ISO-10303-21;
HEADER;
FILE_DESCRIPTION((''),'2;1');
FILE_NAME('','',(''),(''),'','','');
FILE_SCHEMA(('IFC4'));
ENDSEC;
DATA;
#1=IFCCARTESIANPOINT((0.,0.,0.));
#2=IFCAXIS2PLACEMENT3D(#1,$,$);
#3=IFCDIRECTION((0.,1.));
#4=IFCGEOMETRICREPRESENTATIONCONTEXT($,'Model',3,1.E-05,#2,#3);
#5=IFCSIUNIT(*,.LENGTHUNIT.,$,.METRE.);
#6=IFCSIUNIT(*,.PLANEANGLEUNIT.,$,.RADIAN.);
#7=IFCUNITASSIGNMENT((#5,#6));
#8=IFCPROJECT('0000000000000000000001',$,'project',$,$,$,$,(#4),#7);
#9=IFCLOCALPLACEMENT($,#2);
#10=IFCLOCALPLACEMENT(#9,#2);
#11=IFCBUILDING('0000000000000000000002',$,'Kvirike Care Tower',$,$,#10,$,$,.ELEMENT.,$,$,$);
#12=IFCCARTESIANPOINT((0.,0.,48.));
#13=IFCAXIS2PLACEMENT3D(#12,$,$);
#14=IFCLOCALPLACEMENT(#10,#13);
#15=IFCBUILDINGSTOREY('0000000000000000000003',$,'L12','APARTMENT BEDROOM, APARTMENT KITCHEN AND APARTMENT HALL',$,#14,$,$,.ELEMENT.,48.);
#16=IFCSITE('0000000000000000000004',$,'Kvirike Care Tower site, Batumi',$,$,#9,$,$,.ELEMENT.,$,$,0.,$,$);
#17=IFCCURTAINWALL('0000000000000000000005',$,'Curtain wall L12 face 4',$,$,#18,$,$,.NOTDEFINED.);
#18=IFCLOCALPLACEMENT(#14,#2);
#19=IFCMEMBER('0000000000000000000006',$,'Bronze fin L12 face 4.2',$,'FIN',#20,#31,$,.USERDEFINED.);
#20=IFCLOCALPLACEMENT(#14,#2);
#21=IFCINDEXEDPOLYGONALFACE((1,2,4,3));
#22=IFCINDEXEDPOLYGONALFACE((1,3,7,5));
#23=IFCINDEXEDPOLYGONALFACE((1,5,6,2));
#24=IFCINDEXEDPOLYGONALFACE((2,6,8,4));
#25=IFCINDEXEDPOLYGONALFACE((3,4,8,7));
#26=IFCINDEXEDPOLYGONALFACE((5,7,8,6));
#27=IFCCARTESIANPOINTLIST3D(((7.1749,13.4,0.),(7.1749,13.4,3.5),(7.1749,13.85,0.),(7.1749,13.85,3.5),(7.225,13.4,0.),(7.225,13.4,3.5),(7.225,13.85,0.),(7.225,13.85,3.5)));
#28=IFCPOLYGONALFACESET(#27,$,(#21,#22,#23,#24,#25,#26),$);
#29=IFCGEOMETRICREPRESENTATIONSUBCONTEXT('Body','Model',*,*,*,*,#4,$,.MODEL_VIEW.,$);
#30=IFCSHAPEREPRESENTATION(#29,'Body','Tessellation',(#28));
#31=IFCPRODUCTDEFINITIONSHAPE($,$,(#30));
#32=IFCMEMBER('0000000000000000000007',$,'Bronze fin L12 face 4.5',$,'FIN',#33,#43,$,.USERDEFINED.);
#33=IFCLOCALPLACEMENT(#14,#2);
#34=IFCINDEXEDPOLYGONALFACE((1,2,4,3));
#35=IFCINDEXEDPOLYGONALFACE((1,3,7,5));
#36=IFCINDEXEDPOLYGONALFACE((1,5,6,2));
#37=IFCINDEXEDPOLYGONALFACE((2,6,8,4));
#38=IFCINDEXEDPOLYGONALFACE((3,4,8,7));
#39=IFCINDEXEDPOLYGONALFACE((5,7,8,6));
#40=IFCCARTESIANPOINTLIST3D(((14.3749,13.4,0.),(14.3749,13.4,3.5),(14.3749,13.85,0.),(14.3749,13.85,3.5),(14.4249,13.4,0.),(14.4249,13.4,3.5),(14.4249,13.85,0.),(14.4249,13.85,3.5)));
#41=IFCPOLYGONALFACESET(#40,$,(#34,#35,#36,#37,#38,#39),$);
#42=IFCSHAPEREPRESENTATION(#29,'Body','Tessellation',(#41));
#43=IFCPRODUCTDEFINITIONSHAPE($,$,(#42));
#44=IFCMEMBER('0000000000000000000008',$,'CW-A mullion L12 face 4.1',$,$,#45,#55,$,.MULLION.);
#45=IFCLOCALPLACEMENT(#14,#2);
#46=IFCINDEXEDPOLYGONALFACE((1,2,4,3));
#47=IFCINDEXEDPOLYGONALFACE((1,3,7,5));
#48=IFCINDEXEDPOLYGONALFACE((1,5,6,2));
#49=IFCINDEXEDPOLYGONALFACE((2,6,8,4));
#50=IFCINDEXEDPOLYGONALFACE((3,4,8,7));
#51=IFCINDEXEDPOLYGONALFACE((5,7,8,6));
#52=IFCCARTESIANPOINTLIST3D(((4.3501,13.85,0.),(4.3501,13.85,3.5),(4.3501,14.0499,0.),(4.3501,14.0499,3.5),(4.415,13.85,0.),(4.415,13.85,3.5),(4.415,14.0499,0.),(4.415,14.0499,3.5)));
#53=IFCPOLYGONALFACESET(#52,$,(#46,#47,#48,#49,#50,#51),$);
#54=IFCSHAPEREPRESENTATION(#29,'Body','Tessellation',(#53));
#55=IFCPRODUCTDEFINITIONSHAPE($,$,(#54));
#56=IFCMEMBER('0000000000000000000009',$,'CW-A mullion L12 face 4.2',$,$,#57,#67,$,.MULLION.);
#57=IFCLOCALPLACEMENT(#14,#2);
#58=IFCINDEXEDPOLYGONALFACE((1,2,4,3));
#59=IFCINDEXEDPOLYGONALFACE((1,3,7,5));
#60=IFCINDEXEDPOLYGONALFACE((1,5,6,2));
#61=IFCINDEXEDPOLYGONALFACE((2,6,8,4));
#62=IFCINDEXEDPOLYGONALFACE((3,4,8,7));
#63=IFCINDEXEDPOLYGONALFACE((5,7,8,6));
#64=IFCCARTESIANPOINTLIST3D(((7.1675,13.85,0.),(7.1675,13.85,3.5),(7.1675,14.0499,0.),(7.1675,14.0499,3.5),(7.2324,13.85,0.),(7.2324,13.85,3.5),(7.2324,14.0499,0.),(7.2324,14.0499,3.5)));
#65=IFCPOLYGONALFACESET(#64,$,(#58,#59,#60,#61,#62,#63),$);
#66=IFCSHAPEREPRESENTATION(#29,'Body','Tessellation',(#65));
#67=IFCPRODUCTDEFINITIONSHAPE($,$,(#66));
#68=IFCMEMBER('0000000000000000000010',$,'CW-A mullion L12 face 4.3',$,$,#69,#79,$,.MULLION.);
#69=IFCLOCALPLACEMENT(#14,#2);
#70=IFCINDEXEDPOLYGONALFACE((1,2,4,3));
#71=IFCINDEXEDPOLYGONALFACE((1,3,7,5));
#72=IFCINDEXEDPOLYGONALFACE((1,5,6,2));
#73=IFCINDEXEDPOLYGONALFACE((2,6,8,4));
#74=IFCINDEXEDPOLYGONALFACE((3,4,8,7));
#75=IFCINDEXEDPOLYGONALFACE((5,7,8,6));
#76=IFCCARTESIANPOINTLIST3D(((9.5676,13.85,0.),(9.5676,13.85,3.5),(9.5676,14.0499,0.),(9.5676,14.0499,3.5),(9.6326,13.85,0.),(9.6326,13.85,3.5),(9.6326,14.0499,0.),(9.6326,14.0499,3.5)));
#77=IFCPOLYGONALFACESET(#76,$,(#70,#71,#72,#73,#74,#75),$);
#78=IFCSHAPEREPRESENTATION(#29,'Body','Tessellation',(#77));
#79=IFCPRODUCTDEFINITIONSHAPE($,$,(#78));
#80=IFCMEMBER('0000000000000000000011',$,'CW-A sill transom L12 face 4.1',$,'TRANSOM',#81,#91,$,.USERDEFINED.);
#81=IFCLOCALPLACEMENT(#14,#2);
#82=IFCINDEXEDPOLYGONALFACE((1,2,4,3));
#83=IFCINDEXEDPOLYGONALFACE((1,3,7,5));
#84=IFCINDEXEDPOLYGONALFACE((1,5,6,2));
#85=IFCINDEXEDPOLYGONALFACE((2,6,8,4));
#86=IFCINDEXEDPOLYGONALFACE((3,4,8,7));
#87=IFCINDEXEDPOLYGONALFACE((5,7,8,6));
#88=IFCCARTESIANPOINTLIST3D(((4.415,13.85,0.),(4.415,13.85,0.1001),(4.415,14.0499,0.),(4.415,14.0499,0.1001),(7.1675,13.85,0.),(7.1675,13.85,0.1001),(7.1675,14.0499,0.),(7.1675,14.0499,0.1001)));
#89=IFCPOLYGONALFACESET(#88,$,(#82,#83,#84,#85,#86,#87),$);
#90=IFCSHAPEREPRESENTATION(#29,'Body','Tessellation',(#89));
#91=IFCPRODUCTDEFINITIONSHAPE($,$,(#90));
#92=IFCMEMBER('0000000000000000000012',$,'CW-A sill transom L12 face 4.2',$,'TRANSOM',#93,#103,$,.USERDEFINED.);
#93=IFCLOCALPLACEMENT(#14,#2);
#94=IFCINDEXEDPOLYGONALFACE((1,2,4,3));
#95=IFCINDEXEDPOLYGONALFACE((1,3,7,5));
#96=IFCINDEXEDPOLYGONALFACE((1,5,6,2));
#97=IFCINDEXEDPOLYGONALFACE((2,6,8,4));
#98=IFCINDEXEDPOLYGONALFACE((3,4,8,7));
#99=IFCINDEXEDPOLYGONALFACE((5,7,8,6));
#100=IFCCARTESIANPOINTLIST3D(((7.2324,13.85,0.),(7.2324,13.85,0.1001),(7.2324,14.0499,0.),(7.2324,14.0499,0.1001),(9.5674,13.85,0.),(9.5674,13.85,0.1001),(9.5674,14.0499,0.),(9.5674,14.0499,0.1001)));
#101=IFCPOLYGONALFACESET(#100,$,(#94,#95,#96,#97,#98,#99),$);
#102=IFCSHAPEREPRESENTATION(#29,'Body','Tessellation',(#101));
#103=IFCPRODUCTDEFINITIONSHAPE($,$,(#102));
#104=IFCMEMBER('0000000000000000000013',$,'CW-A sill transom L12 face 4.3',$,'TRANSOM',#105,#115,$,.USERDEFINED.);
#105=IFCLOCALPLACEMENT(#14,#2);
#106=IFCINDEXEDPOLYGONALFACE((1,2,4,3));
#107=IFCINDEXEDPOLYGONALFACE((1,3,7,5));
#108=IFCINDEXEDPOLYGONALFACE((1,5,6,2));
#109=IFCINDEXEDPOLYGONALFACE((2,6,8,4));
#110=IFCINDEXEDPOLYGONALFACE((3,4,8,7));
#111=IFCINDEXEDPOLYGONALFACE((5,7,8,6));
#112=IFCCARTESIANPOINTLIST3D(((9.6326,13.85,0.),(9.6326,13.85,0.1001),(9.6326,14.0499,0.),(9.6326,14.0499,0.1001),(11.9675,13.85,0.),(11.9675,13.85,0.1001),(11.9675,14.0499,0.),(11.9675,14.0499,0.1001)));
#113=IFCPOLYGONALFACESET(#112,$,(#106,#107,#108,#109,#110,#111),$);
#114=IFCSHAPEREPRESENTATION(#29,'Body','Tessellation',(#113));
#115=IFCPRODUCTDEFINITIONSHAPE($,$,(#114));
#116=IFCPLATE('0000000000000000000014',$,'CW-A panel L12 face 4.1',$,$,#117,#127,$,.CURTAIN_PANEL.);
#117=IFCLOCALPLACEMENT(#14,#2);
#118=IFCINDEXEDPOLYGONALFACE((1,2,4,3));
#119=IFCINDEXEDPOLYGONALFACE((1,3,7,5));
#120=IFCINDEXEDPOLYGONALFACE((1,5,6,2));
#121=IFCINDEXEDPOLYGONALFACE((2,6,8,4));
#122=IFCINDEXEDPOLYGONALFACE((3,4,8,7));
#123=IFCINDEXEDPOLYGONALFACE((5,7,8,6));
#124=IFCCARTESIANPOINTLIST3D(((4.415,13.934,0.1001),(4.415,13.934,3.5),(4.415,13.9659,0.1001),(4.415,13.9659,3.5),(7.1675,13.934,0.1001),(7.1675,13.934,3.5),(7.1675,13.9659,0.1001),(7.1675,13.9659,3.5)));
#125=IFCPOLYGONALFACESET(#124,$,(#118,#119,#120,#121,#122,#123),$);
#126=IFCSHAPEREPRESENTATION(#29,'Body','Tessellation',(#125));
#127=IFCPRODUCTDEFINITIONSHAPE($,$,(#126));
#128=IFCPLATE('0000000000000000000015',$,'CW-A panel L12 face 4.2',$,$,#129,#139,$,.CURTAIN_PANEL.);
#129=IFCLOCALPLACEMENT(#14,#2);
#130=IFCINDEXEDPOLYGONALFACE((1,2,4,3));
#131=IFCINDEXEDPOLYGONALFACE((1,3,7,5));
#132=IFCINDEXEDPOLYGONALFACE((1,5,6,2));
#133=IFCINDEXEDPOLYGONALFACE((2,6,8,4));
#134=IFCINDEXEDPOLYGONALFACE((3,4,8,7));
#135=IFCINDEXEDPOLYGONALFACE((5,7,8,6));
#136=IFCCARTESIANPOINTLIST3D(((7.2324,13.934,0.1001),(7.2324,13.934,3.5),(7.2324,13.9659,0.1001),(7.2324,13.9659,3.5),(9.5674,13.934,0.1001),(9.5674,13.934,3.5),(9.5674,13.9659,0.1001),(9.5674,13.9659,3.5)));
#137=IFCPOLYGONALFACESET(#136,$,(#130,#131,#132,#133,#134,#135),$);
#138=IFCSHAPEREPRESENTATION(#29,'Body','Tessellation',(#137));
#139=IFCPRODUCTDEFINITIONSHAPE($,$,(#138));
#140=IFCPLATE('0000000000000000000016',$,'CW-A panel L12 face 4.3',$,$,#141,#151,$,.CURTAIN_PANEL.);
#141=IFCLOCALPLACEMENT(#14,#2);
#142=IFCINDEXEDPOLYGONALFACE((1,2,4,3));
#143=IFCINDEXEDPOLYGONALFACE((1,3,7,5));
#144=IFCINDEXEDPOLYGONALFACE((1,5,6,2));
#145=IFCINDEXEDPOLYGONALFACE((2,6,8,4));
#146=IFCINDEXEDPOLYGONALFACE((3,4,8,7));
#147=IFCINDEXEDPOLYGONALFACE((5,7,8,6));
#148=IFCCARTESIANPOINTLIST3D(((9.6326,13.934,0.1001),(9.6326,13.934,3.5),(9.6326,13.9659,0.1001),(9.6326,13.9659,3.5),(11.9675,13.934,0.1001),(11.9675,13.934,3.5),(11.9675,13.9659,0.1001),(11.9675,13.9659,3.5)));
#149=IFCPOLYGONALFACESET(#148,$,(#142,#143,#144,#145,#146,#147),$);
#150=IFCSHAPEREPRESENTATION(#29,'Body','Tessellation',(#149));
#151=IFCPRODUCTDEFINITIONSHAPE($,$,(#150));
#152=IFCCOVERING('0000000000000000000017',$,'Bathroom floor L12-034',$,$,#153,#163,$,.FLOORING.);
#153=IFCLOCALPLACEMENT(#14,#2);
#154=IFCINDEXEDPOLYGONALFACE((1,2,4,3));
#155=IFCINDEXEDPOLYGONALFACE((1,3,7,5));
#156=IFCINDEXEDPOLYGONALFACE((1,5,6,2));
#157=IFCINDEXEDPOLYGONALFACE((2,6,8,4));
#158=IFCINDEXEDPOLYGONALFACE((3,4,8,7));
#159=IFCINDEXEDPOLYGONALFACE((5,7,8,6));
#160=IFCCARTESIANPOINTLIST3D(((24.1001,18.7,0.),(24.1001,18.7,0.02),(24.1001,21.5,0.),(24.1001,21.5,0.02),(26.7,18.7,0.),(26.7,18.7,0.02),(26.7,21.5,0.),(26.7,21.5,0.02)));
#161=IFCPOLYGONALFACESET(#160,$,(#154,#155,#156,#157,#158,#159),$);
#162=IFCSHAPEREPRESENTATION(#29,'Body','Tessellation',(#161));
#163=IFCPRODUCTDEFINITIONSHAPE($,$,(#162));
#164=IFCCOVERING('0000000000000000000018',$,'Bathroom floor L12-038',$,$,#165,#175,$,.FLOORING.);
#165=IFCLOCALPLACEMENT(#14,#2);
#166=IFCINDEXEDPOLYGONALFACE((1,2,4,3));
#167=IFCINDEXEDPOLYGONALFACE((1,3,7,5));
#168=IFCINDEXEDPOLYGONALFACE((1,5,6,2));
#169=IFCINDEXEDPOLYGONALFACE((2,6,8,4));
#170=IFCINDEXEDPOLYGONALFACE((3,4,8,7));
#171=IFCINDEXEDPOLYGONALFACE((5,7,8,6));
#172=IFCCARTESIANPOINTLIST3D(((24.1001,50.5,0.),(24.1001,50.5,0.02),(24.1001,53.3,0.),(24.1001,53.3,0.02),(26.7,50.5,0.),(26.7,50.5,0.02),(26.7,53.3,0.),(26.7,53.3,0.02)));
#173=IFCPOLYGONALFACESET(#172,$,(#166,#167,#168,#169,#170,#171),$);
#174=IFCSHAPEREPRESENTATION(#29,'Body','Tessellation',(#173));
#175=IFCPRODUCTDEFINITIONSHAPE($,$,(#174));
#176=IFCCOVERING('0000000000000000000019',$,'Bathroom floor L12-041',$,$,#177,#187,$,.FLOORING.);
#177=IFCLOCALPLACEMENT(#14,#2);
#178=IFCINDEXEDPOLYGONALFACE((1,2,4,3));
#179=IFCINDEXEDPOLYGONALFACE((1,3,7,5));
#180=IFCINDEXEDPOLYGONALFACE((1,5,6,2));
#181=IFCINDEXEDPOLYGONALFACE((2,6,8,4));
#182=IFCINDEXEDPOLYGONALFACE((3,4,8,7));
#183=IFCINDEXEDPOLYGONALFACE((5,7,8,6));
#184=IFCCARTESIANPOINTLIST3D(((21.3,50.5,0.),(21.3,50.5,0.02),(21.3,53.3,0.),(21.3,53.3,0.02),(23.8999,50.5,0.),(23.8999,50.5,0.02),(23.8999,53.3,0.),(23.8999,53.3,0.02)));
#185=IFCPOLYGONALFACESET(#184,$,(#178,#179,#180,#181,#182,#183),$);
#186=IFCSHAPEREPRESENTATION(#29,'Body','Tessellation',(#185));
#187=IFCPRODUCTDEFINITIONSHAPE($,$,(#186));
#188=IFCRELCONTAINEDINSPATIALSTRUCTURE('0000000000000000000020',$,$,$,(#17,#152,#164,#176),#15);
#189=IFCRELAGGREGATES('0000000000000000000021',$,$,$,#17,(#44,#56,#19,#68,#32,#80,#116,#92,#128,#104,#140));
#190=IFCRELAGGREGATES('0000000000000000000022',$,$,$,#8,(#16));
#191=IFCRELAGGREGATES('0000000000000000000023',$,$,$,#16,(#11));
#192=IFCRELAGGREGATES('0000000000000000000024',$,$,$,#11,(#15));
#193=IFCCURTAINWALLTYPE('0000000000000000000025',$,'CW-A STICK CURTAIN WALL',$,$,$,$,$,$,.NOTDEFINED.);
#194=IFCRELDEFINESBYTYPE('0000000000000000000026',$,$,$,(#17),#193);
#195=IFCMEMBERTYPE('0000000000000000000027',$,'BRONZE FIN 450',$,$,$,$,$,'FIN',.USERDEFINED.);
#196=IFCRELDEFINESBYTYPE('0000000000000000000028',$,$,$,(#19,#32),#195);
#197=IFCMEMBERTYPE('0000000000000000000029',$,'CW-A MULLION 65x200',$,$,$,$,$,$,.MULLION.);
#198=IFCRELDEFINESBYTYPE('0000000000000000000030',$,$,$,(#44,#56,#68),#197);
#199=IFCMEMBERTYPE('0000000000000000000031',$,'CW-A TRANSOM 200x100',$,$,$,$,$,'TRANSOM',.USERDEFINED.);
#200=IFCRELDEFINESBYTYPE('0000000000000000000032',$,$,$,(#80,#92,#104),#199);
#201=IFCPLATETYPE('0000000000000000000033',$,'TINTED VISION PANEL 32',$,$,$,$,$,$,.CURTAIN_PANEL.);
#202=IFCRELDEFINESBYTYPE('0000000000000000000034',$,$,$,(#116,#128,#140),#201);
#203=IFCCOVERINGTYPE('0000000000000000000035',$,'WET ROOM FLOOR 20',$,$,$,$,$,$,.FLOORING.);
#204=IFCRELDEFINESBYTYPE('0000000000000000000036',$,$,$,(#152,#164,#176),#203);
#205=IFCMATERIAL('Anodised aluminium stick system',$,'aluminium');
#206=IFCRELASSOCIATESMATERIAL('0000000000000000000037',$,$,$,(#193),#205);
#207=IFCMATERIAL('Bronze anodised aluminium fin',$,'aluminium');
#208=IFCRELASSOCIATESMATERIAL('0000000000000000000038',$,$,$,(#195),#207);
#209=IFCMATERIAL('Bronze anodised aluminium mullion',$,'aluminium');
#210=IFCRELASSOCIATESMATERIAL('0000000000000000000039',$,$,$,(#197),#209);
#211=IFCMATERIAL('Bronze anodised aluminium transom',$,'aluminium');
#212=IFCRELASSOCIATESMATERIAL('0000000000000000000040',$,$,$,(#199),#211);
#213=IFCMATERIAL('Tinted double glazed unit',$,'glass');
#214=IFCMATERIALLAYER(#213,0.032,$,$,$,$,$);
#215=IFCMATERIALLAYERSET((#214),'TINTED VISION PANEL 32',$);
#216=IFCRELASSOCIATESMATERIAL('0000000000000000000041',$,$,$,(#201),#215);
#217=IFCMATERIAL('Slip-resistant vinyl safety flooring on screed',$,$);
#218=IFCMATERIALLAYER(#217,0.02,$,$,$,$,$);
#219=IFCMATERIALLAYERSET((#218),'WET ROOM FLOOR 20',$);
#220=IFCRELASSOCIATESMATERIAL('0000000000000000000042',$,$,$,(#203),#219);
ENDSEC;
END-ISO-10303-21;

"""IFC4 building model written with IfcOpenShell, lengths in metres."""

from ifc_helpers import new_model, si_unit, direction, frame, origin, origin_2d, place, context, subcontext, project, spatial, polyline, rectangle, outline, extrude, material, layer, layer_set, material_profile, profile_set, type_object, element, aggregate, save


model = new_model("IFC4")

# Units and contexts
model_context = context("Model", 3, precision=1e-05, world=origin(), true_north=direction((0.0, 1.0)))
body_context = subcontext(model_context, "Body", "Model", "MODEL_VIEW")
ifc_project = project(units=[si_unit("LENGTHUNIT", "METRE"), si_unit("PLANEANGLEUNIT", "RADIAN")], contexts=[model_context])

# Site, building, storey
site_placement = place(None, origin())
site = spatial("IfcSite", under=ifc_project, at=site_placement, Name="Kvirike Care Tower site, Batumi", CompositionType="ELEMENT", RefElevation=0.0)
building_placement = place(site_placement, origin())
building = spatial("IfcBuilding", under=site, at=building_placement, Name="Kvirike Care Tower", CompositionType="ELEMENT")
storey_placement = place(building_placement, frame((0.0, 0.0, 48.0)))
storey = spatial("IfcBuildingStorey", under=building, at=storey_placement, Name="L12", Description="APARTMENT BEDROOM, APARTMENT KITCHEN AND APARTMENT HALL", CompositionType="ELEMENT", Elevation=48.0)

# Curtain wall, members, plates
ifc_material_1 = material(Name="Anodised aluminium stick system", Category="aluminium")
curtain_wall_type = type_object("IfcCurtainWallType", Name="CW-A STICK CURTAIN WALL", PredefinedType="NOTDEFINED", material=ifc_material_1)
curtain_wall_placement = place(storey_placement, origin())
curtain_wall = element("IfcCurtainWall", 1, at=curtain_wall_placement, inside=storey, type_object=curtain_wall_type, Name="Curtain wall L12 face 4", PredefinedType="NOTDEFINED")
ifc_material_2 = material(Name="Bronze anodised aluminium fin", Category="aluminium")
ifc_material_profile_1 = material_profile(ifc_material_2, rectangle(XDim=0.05, YDim=0.45, at=origin_2d()), Name="BRONZE FIN 450")
ifc_profile_set_1 = profile_set([ifc_material_profile_1], Name="Bronze anodised aluminium fin")
member_type_1 = type_object("IfcMemberType", Name="BRONZE FIN 450", ElementType="FIN", PredefinedType="USERDEFINED", material=ifc_profile_set_1)
member_1_placement = place(storey_placement, frame((7.2, 13.625, 0.0), z_axis=(0.0, 0.0, 1.0), x_axis=(1.0, 0.0, 0.0)))
member_1 = element("IfcMember", 2, at=member_1_placement, type_object=member_type_1, Name="Bronze fin L12 face 4.2", ObjectType="FIN", PredefinedType="USERDEFINED", context=body_context, shape_type="SweptSolid", body=[
    extrude(rectangle(XDim=0.05, YDim=0.45, at=origin_2d()), origin(), (0.0, 0.0, 1.0), 3.5),
])
member_2_placement = place(storey_placement, frame((14.3999, 13.625, 0.0), z_axis=(0.0, 0.0, 1.0), x_axis=(1.0, 0.0, 0.0)))
member_2 = element("IfcMember", 3, at=member_2_placement, type_object=member_type_1, Name="Bronze fin L12 face 4.5", ObjectType="FIN", PredefinedType="USERDEFINED", context=body_context, shape_type="SweptSolid", body=[
    extrude(rectangle(XDim=0.05, YDim=0.45, at=origin_2d()), origin(), (0.0, 0.0, 1.0), 3.5),
])
ifc_material_3 = material(Name="Bronze anodised aluminium mullion", Category="aluminium")
ifc_material_profile_2 = material_profile(ifc_material_3, rectangle(XDim=0.0649, YDim=0.2, at=origin_2d()), Name="CW-A MULLION 65x200")
ifc_profile_set_2 = profile_set([ifc_material_profile_2], Name="Bronze anodised aluminium mullion")
member_type_2 = type_object("IfcMemberType", Name="CW-A MULLION 65x200", PredefinedType="MULLION", material=ifc_profile_set_2)
member_3_placement = place(storey_placement, frame((4.3826, 13.95, 0.0), z_axis=(0.0, 0.0, 1.0), x_axis=(1.0, 0.0, 0.0)))
member_3 = element("IfcMember", 4, at=member_3_placement, type_object=member_type_2, Name="CW-A mullion L12 face 4.1", PredefinedType="MULLION", context=body_context, shape_type="SweptSolid", body=[
    extrude(rectangle(XDim=0.0649, YDim=0.2, at=origin_2d()), origin(), (0.0, 0.0, 1.0), 3.5),
])
member_4_placement = place(storey_placement, frame((7.2, 13.95, 0.0), z_axis=(0.0, 0.0, 1.0), x_axis=(1.0, 0.0, 0.0)))
member_4 = element("IfcMember", 5, at=member_4_placement, type_object=member_type_2, Name="CW-A mullion L12 face 4.2", PredefinedType="MULLION", context=body_context, shape_type="SweptSolid", body=[
    extrude(rectangle(XDim=0.0649, YDim=0.2, at=origin_2d()), origin(), (0.0, 0.0, 1.0), 3.5),
])
member_5_placement = place(storey_placement, frame((9.6001, 13.95, 0.0), z_axis=(0.0, 0.0, 1.0), x_axis=(1.0, 0.0, 0.0)))
member_5 = element("IfcMember", 6, at=member_5_placement, type_object=member_type_2, Name="CW-A mullion L12 face 4.3", PredefinedType="MULLION", context=body_context, shape_type="SweptSolid", body=[
    extrude(rectangle(XDim=0.0649, YDim=0.2, at=origin_2d()), origin(), (0.0, 0.0, 1.0), 3.5),
])
ifc_material_4 = material(Name="Bronze anodised aluminium transom", Category="aluminium")
ifc_material_profile_3 = material_profile(ifc_material_4, rectangle(XDim=0.2, YDim=0.1001, at=origin_2d()), Name="CW-A TRANSOM 200x100")
ifc_profile_set_3 = profile_set([ifc_material_profile_3], Name="Bronze anodised aluminium transom")
member_type_3 = type_object("IfcMemberType", Name="CW-A TRANSOM 200x100", ElementType="TRANSOM", PredefinedType="USERDEFINED", material=ifc_profile_set_3)
member_6_placement = place(storey_placement, frame((4.415, 13.95, 0.05), z_axis=(1.0, 0.0, 0.0), x_axis=(0.0, 1.0, 0.0)))
member_6 = element("IfcMember", 7, at=member_6_placement, type_object=member_type_3, Name="CW-A sill transom L12 face 4.1", ObjectType="TRANSOM", PredefinedType="USERDEFINED", context=body_context, shape_type="SweptSolid", body=[
    extrude(rectangle(XDim=0.2, YDim=0.1001, at=origin_2d()), origin(), (0.0, 0.0, 1.0), 2.7524),
])
member_7_placement = place(storey_placement, frame((7.2324, 13.95, 0.05), z_axis=(1.0, 0.0, 0.0), x_axis=(0.0, 1.0, 0.0)))
member_7 = element("IfcMember", 8, at=member_7_placement, type_object=member_type_3, Name="CW-A sill transom L12 face 4.2", ObjectType="TRANSOM", PredefinedType="USERDEFINED", context=body_context, shape_type="SweptSolid", body=[
    extrude(rectangle(XDim=0.2, YDim=0.1001, at=origin_2d()), origin(), (0.0, 0.0, 1.0), 2.335),
])
member_8_placement = place(storey_placement, frame((9.6326, 13.95, 0.05), z_axis=(1.0, 0.0, 0.0), x_axis=(0.0, 1.0, 0.0)))
member_8 = element("IfcMember", 9, at=member_8_placement, type_object=member_type_3, Name="CW-A sill transom L12 face 4.3", ObjectType="TRANSOM", PredefinedType="USERDEFINED", context=body_context, shape_type="SweptSolid", body=[
    extrude(rectangle(XDim=0.2, YDim=0.1001, at=origin_2d()), origin(), (0.0, 0.0, 1.0), 2.335),
])
ifc_material_5 = material(Name="Tinted double glazed unit", Category="glass")
ifc_layer_1 = layer(ifc_material_5, 0.032)
ifc_layer_set_1 = layer_set([ifc_layer_1], Name="TINTED VISION PANEL 32")
plate_type = type_object("IfcPlateType", Name="TINTED VISION PANEL 32", PredefinedType="CURTAIN_PANEL", material=ifc_layer_set_1)
plate_1_placement = place(storey_placement, frame((5.7913, 13.95, 0.1001), z_axis=(0.0, 0.0, 1.0), x_axis=(1.0, 0.0, 0.0)))
plate_1 = element("IfcPlate", 10, at=plate_1_placement, type_object=plate_type, Name="CW-A panel L12 face 4.1", PredefinedType="CURTAIN_PANEL", context=body_context, shape_type="SweptSolid", body=[
    extrude(rectangle(XDim=2.7524, YDim=0.032, at=origin_2d()), origin(), (0.0, 0.0, 1.0), 3.3999),
])
plate_2_placement = place(storey_placement, frame((8.3999, 13.95, 0.1001), z_axis=(0.0, 0.0, 1.0), x_axis=(1.0, 0.0, 0.0)))
plate_2 = element("IfcPlate", 11, at=plate_2_placement, type_object=plate_type, Name="CW-A panel L12 face 4.2", PredefinedType="CURTAIN_PANEL", context=body_context, shape_type="SweptSolid", body=[
    extrude(rectangle(XDim=2.335, YDim=0.032, at=origin_2d()), origin(), (0.0, 0.0, 1.0), 3.3999),
])
plate_3_placement = place(storey_placement, frame((10.8, 13.95, 0.1001), z_axis=(0.0, 0.0, 1.0), x_axis=(1.0, 0.0, 0.0)))
plate_3 = element("IfcPlate", 12, at=plate_3_placement, type_object=plate_type, Name="CW-A panel L12 face 4.3", PredefinedType="CURTAIN_PANEL", context=body_context, shape_type="SweptSolid", body=[
    extrude(rectangle(XDim=2.335, YDim=0.032, at=origin_2d()), origin(), (0.0, 0.0, 1.0), 3.3999),
])
aggregate(curtain_wall, [member_3, member_4, member_1, member_5, member_2, member_6, plate_1, member_7, plate_2, member_8, plate_3])

# Coverings
ifc_material_6 = material(Name="Slip-resistant vinyl safety flooring on screed")
ifc_layer_2 = layer(ifc_material_6, 0.02)
ifc_layer_set_2 = layer_set([ifc_layer_2], Name="WET ROOM FLOOR 20")
covering_type = type_object("IfcCoveringType", Name="WET ROOM FLOOR 20", PredefinedType="FLOORING", material=ifc_layer_set_2)
covering_1_placement = place(storey_placement, origin())
element("IfcCovering", 13, at=covering_1_placement, inside=storey, type_object=covering_type, Name="Bathroom floor L12-034", PredefinedType="FLOORING", context=body_context, shape_type="SweptSolid", body=[
    extrude(outline(polyline([(24.1001, 18.7), (24.1001, 21.5), (26.7, 21.5), (26.7, 18.7), (24.1001, 18.7)])), origin(), (0.0, 0.0, 1.0), 0.02),
])
covering_2_placement = place(storey_placement, origin())
element("IfcCovering", 14, at=covering_2_placement, inside=storey, type_object=covering_type, Name="Bathroom floor L12-038", PredefinedType="FLOORING", context=body_context, shape_type="SweptSolid", body=[
    extrude(outline(polyline([(26.7, 53.3), (26.7, 50.5), (24.1001, 50.5), (24.1001, 53.3), (26.7, 53.3)])), origin(), (0.0, 0.0, 1.0), 0.02),
])
covering_3_placement = place(storey_placement, origin())
element("IfcCovering", 15, at=covering_3_placement, inside=storey, type_object=covering_type, Name="Bathroom floor L12-041", PredefinedType="FLOORING", context=body_context, shape_type="SweptSolid", body=[
    extrude(outline(polyline([(23.8999, 53.3), (23.8999, 50.5), (21.3, 50.5), (21.3, 53.3), (23.8999, 53.3)])), origin(), (0.0, 0.0, 1.0), 0.02),
])

save(model, "model.ifc")
